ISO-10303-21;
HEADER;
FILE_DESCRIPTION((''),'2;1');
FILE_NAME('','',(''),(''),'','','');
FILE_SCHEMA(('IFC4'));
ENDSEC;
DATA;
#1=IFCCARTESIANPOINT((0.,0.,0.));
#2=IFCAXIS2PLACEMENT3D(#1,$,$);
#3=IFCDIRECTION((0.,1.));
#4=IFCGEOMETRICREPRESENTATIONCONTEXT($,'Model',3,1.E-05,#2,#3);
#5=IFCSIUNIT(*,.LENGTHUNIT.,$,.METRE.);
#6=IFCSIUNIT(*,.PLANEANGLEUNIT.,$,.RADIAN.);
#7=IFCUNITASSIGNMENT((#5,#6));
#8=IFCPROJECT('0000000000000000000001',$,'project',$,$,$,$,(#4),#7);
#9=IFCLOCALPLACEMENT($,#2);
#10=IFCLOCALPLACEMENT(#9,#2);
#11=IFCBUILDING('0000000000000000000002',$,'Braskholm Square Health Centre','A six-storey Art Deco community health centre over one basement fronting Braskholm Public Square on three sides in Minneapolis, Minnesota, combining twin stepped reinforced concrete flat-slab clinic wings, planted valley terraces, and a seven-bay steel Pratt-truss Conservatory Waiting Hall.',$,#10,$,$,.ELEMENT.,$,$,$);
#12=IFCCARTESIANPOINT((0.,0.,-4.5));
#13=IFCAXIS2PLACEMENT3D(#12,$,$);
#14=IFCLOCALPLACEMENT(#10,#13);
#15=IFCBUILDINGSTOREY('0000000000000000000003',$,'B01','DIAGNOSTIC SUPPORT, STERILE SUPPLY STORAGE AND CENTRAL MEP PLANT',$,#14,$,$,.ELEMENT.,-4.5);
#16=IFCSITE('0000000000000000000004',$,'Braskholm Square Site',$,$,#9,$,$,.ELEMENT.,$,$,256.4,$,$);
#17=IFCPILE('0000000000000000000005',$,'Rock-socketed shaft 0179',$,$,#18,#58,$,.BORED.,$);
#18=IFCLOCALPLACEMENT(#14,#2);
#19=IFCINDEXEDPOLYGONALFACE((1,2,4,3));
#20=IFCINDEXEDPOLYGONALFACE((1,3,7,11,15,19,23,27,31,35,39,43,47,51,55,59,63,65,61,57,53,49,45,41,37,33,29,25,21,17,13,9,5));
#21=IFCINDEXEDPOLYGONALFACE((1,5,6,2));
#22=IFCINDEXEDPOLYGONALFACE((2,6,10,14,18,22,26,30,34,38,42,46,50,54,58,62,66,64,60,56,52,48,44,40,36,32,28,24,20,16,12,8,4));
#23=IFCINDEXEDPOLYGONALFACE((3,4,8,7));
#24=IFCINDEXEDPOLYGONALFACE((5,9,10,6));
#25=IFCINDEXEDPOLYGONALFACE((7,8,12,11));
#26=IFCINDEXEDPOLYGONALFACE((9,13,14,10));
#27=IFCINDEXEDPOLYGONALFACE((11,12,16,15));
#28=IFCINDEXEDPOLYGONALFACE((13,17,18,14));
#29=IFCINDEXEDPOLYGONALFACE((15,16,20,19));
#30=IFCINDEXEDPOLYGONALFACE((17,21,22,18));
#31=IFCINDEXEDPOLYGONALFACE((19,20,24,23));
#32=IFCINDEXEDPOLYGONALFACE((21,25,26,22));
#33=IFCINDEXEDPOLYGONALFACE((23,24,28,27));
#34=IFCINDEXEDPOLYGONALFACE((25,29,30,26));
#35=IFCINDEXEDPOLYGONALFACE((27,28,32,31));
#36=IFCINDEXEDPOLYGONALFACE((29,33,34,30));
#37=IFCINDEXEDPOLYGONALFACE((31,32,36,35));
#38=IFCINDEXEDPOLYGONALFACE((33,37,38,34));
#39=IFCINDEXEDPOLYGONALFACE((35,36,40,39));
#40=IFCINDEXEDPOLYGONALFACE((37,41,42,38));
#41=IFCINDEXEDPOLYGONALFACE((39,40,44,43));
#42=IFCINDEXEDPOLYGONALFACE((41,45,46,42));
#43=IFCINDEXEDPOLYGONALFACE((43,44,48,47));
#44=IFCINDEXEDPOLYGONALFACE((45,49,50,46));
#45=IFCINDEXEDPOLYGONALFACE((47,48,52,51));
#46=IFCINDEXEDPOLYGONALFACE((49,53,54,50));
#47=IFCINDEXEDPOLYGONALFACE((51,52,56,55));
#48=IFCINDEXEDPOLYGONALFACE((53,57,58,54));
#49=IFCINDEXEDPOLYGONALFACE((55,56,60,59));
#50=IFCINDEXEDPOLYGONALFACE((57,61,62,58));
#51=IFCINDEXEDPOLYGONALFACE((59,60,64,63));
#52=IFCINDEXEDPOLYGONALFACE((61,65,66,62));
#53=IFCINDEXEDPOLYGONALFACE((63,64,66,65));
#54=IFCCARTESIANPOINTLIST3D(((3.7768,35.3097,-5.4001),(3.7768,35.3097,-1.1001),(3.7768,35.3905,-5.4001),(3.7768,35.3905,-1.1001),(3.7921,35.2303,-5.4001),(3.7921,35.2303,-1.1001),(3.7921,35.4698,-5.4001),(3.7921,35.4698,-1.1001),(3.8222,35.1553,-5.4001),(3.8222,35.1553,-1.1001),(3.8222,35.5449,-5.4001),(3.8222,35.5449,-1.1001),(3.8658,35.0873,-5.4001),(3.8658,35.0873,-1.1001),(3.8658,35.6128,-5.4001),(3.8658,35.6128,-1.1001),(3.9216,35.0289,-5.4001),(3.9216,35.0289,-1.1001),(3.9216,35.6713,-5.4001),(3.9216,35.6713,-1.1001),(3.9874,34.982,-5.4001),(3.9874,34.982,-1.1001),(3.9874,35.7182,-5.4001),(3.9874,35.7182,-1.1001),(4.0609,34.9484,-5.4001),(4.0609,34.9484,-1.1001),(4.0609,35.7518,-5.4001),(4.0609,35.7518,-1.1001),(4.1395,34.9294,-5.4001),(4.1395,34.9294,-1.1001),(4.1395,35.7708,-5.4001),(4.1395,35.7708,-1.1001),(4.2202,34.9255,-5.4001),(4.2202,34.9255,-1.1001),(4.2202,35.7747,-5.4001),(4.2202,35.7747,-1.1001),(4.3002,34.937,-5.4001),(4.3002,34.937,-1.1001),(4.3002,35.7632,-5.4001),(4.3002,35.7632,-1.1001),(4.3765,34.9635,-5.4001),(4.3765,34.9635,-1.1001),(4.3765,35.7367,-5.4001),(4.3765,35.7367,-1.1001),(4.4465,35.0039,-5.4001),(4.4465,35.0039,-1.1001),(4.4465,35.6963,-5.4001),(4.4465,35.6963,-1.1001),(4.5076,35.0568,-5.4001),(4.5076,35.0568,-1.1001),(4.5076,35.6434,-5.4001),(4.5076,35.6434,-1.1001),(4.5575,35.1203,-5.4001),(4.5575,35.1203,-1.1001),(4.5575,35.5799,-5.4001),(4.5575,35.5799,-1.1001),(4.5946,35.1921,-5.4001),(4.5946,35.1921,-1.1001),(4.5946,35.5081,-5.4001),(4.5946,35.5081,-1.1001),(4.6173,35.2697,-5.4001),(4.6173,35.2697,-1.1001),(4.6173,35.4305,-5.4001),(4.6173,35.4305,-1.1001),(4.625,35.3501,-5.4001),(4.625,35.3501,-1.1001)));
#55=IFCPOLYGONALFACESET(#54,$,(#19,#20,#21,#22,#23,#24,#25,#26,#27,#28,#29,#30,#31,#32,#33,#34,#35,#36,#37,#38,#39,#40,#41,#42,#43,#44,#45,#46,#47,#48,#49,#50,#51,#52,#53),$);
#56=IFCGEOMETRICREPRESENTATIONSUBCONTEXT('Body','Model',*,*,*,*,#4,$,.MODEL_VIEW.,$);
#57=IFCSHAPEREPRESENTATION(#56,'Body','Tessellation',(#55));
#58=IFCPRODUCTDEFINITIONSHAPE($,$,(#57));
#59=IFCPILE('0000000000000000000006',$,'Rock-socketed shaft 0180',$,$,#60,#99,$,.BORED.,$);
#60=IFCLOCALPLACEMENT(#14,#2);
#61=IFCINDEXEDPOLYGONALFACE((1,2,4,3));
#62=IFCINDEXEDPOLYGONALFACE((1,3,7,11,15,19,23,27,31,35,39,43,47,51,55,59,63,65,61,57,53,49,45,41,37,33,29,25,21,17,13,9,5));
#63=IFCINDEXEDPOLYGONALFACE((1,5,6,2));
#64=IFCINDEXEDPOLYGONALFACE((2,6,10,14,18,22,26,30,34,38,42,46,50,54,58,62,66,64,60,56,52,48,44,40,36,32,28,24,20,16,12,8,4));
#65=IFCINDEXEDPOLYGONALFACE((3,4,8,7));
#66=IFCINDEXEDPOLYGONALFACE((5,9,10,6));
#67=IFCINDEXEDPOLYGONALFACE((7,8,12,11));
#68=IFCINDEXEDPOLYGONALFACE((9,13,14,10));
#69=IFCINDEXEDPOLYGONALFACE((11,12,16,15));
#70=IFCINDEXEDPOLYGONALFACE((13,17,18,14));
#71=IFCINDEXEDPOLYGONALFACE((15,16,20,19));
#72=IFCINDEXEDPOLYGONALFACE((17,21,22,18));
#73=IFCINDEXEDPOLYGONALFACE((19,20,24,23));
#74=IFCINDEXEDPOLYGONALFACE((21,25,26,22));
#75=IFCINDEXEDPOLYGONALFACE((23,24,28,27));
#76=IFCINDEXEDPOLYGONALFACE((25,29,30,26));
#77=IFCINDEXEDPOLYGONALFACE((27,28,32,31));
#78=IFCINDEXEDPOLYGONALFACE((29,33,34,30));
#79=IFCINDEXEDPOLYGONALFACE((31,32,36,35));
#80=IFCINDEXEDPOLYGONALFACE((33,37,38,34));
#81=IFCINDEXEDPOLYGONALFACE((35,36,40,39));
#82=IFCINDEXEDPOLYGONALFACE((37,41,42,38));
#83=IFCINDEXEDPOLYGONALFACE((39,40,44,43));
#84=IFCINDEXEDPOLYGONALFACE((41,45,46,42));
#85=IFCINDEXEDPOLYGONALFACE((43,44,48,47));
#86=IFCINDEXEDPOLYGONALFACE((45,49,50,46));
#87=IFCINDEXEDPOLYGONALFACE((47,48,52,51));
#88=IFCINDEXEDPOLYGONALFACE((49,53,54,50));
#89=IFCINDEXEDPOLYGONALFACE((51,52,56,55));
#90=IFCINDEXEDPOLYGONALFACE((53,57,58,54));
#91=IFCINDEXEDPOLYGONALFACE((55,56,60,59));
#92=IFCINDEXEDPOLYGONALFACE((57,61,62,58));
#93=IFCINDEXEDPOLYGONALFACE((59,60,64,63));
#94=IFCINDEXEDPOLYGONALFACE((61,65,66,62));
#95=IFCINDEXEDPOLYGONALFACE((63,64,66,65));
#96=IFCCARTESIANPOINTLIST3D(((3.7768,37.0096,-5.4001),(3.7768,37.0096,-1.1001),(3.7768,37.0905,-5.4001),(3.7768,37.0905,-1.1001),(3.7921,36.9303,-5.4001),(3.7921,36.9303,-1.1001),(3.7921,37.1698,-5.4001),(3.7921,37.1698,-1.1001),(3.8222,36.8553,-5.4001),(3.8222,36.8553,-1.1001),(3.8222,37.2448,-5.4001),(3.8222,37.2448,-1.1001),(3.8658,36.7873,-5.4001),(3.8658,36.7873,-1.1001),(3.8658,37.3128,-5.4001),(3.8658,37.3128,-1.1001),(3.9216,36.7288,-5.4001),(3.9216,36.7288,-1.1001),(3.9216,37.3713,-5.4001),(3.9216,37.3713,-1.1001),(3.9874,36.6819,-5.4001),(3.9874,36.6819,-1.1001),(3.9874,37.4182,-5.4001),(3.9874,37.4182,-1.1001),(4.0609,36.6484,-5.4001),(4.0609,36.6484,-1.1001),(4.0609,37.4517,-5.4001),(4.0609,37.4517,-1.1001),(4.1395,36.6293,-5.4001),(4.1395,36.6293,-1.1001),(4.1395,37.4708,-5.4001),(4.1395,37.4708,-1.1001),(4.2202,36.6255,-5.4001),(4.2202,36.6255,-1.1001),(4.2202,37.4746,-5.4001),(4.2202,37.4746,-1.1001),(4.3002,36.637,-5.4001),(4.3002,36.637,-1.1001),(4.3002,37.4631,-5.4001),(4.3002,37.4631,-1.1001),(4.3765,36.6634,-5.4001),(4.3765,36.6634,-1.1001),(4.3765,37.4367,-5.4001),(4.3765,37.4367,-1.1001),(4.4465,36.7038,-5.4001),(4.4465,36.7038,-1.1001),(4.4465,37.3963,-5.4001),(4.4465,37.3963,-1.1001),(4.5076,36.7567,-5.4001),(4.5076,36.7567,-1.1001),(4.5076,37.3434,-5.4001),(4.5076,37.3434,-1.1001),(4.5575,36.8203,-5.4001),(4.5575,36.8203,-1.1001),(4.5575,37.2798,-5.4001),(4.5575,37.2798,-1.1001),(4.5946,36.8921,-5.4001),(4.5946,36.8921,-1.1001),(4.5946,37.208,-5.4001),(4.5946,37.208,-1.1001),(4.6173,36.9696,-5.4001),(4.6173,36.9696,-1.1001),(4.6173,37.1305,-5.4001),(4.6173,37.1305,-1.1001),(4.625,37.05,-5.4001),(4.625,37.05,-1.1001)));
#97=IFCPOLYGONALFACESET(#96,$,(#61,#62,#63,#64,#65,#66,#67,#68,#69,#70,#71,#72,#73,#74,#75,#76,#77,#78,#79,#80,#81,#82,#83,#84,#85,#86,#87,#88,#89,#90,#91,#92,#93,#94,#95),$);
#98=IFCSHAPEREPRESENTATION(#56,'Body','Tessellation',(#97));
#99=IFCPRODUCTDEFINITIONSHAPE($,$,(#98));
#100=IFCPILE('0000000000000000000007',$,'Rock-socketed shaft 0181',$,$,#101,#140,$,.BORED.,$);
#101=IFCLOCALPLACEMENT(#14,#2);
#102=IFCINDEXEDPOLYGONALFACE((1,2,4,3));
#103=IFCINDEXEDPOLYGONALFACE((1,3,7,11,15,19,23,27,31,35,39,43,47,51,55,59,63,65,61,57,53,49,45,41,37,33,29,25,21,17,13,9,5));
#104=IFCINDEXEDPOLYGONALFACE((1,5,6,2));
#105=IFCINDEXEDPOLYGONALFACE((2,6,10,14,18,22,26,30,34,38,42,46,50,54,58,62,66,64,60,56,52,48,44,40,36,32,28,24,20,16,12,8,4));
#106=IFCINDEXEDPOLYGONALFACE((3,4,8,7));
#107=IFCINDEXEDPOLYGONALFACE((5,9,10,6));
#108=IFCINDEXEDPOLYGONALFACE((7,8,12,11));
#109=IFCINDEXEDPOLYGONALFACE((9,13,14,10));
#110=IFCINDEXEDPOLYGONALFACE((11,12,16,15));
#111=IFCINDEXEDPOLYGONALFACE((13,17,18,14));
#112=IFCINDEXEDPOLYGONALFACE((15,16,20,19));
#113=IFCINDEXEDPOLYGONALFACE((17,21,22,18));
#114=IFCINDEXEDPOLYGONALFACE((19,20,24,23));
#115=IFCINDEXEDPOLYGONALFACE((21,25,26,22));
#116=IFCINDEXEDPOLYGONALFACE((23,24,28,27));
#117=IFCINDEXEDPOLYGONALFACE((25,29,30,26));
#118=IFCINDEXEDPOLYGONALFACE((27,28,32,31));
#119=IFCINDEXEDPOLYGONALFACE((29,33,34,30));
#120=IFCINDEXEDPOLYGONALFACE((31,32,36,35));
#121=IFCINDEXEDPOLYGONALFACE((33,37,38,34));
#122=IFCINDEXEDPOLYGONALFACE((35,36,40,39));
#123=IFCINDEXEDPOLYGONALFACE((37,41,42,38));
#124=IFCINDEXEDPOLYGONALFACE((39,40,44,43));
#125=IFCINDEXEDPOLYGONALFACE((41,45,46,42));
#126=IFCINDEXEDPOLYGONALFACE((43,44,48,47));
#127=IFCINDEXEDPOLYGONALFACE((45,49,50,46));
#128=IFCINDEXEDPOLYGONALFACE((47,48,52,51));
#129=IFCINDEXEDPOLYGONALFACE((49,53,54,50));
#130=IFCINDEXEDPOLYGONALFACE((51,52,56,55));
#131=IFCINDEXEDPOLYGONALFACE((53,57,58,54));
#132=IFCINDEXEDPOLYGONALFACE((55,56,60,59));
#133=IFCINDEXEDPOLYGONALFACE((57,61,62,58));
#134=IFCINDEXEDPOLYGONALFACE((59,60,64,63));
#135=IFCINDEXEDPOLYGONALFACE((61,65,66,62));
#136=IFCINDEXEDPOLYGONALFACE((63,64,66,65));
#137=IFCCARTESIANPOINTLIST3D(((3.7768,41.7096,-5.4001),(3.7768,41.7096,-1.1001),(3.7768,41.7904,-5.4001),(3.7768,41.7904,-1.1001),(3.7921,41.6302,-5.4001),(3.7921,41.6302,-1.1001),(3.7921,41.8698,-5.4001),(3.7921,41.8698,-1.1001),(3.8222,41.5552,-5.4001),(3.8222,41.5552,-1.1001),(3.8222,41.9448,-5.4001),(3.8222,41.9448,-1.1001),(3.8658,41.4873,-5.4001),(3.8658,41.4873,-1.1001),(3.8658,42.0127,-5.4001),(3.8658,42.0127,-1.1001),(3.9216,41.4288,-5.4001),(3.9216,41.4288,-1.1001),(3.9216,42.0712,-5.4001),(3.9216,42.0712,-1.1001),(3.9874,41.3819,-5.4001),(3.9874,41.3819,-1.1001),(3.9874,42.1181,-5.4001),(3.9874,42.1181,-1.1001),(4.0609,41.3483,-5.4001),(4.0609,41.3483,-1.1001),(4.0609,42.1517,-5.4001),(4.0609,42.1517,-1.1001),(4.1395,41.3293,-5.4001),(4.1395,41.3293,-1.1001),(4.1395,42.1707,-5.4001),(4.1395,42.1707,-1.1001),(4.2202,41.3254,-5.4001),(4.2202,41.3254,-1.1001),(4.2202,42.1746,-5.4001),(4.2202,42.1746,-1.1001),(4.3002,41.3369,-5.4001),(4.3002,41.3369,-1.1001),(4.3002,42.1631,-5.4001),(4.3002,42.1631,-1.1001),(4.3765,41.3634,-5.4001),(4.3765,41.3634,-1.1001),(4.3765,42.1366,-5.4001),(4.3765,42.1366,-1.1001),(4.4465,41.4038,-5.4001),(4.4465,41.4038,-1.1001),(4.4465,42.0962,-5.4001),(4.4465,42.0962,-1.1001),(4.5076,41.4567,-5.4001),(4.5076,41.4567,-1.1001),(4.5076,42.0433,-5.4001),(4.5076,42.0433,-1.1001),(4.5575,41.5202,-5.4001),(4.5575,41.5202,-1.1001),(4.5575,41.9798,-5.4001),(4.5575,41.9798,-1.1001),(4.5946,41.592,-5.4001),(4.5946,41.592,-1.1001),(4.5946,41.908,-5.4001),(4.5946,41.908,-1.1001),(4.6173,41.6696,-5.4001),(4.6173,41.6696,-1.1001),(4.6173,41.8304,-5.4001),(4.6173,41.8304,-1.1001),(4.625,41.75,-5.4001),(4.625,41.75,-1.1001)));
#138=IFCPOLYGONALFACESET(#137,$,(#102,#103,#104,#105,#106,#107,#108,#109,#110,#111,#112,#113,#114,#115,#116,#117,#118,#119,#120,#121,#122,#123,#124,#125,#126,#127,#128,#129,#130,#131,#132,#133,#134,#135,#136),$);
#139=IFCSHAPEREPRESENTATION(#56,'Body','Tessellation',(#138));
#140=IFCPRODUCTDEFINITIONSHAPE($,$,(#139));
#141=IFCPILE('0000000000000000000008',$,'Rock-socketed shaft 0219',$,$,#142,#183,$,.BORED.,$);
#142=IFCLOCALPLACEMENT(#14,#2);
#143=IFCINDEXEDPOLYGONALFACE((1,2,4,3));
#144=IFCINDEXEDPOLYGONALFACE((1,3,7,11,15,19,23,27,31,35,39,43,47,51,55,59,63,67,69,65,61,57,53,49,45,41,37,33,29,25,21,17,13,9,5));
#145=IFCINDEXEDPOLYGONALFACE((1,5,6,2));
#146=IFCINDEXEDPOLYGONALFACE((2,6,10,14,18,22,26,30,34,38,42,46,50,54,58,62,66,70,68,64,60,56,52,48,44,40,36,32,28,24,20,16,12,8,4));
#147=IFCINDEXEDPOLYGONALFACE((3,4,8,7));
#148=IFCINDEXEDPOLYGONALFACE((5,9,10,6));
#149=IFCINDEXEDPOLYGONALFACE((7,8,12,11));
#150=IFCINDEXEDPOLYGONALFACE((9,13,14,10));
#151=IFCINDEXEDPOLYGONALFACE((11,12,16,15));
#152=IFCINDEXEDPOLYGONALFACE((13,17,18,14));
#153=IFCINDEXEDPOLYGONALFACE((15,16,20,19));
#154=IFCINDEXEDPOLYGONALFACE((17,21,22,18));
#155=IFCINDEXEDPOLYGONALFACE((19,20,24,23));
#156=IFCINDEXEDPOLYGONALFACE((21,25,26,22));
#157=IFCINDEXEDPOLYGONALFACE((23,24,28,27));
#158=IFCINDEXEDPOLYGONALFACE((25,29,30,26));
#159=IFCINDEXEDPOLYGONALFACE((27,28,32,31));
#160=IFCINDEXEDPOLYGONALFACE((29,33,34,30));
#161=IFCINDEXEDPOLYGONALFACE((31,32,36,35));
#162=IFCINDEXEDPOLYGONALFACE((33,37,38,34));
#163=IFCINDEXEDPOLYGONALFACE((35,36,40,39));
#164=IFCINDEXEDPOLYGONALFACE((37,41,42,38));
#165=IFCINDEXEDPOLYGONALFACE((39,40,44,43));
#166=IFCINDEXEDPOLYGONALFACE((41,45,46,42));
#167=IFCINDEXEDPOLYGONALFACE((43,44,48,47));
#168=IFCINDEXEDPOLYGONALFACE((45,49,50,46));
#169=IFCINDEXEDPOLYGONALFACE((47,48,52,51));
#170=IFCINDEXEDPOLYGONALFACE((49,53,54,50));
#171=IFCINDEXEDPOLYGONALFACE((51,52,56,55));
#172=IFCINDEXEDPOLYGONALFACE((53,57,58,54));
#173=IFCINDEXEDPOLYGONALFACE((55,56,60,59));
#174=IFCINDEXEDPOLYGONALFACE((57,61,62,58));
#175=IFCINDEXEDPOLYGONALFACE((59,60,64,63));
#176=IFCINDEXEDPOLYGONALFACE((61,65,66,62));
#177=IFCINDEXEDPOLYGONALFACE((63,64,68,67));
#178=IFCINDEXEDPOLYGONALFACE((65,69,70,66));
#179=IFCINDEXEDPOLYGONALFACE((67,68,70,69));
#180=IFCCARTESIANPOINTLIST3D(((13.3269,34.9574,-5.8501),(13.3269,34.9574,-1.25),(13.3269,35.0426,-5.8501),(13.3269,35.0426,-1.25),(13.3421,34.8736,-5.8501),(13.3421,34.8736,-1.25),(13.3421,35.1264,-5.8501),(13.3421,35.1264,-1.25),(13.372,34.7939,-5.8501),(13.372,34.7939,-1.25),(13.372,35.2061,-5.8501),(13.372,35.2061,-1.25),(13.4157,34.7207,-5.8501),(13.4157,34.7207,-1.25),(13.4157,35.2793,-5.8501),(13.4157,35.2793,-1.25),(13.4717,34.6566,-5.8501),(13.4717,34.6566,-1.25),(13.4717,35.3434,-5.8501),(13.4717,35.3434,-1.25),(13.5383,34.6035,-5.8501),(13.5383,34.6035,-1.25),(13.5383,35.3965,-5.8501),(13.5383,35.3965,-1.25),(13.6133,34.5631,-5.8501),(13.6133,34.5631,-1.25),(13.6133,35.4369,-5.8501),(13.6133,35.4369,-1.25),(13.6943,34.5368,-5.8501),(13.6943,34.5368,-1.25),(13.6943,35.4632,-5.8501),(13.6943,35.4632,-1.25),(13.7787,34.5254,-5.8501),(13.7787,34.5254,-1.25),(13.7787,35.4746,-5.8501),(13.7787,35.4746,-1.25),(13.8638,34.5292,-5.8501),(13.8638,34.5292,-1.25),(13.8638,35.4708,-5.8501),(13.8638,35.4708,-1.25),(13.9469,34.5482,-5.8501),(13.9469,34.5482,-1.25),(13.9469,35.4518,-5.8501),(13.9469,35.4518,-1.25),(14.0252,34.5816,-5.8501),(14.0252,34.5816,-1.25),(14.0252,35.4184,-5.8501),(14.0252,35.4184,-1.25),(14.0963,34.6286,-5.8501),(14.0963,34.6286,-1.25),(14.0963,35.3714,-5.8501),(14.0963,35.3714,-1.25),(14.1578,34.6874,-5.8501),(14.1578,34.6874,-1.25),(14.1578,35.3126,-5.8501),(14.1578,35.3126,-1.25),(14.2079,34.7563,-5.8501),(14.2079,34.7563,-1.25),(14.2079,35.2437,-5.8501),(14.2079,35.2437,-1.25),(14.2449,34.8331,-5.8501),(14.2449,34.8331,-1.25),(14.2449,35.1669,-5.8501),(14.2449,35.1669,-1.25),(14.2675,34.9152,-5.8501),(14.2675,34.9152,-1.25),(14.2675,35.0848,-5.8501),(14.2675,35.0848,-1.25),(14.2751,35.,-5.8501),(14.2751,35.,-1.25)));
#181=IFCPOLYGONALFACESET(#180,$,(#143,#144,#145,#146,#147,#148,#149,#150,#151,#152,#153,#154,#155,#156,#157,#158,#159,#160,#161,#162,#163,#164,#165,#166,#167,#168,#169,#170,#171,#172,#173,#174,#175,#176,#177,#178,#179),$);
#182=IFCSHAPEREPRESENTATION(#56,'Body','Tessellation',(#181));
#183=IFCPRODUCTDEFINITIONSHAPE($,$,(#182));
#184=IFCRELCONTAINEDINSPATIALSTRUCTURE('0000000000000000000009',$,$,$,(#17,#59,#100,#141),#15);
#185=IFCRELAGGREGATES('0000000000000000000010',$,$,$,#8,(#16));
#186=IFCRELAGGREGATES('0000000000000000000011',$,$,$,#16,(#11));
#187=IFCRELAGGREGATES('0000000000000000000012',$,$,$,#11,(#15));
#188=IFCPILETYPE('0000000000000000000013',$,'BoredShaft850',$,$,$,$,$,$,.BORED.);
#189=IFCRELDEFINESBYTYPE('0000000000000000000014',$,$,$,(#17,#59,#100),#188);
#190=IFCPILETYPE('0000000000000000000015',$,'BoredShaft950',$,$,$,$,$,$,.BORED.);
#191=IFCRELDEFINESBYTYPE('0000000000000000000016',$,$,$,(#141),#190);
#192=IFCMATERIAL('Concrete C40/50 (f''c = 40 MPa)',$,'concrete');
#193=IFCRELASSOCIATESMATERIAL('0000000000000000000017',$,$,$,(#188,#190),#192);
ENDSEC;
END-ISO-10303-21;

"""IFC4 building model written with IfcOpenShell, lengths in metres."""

from ifc_helpers import new_model, si_unit, direction, frame, origin, origin_2d, place, context, subcontext, project, spatial, circle, extrude, material, material_profile, profile_set, type_object, element, save


model = new_model("IFC4")

# Units and contexts
model_context = context("Model", 3, precision=1e-05, world=origin(), true_north=direction((0.0, 1.0)))
body_context = subcontext(model_context, "Body", "Model", "MODEL_VIEW")
ifc_project = project(units=[si_unit("LENGTHUNIT", "METRE"), si_unit("PLANEANGLEUNIT", "RADIAN")], contexts=[model_context])

# Site, building, storey
site_placement = place(None, origin())
site = spatial("IfcSite", under=ifc_project, at=site_placement, Name="Braskholm Square Site", CompositionType="ELEMENT", RefElevation=256.4)
building_placement = place(site_placement, origin())
building = spatial("IfcBuilding", under=site, at=building_placement, Name="Braskholm Square Health Centre", Description="A six-storey Art Deco community health centre over one basement fronting Braskholm Public Square on three sides in Minneapolis, Minnesota, combining twin stepped reinforced concrete flat-slab clinic wings, planted valley terraces, and a seven-bay steel Pratt-truss Conservatory Waiting Hall.", CompositionType="ELEMENT")
storey_placement = place(building_placement, frame((0.0, 0.0, -4.5)))
storey = spatial("IfcBuildingStorey", under=building, at=storey_placement, Name="B01", Description="DIAGNOSTIC SUPPORT, STERILE SUPPLY STORAGE AND CENTRAL MEP PLANT", CompositionType="ELEMENT", Elevation=-4.5)

# Piles
ifc_material_1 = material(Name="Concrete C40/50 (f'c = 40 MPa)", Category="concrete")
ifc_material_profile_1 = material_profile(ifc_material_1, circle(Radius=0.425, at=origin_2d()), Name="BORED-PILE-850")
ifc_profile_set_1 = profile_set([ifc_material_profile_1], Name="Concrete C40/50 (f'c = 40 MPa)")
pile_type_1 = type_object("IfcPileType", Name="BoredShaft850", PredefinedType="BORED", material=ifc_profile_set_1)
for number, where, z_axis, x_axis, name in (
    (1, (4.2, 35.3501, -1.1001), (0.0, 0.0, -1.0), (1.0, 0.0, 0.0), "Rock-socketed shaft 0179"),
    (2, (4.2, 37.05, -1.1001), (0.0, 0.0, -1.0), (1.0, 0.0, 0.0), "Rock-socketed shaft 0180"),
    (3, (4.2, 41.75, -1.1001), (0.0, 0.0, -1.0), (1.0, 0.0, 0.0), "Rock-socketed shaft 0181"),
):
    element("IfcPile", number, at=place(storey_placement, frame(where, z_axis=z_axis, x_axis=x_axis)), inside=storey, type_object=pile_type_1, Name=name, PredefinedType="BORED", context=body_context, shape_type="SweptSolid", body=[
        extrude(circle(Radius=0.425, at=origin_2d()), origin(), (0.0, 0.0, 1.0), 4.3),
    ])
ifc_material_profile_2 = material_profile(ifc_material_1, circle(Radius=0.4751, at=origin_2d()), Name="BORED-PILE-950")
ifc_profile_set_2 = profile_set([ifc_material_profile_2], Name="Concrete C40/50 (f'c = 40 MPa)")
pile_type_2 = type_object("IfcPileType", Name="BoredShaft950", PredefinedType="BORED", material=ifc_profile_set_2)
for number, where, z_axis, x_axis, name in (
    (4, (13.8, 35.0, -1.25), (0.0, 0.0, -1.0), (1.0, 0.0, 0.0), "Rock-socketed shaft 0219"),
):
    element("IfcPile", number, at=place(storey_placement, frame(where, z_axis=z_axis, x_axis=x_axis)), inside=storey, type_object=pile_type_2, Name=name, PredefinedType="BORED", context=body_context, shape_type="SweptSolid", body=[
        extrude(circle(Radius=0.4751, at=origin_2d()), origin(), (0.0, 0.0, 1.0), 4.6001),
    ])

save(model, "model.ifc")
